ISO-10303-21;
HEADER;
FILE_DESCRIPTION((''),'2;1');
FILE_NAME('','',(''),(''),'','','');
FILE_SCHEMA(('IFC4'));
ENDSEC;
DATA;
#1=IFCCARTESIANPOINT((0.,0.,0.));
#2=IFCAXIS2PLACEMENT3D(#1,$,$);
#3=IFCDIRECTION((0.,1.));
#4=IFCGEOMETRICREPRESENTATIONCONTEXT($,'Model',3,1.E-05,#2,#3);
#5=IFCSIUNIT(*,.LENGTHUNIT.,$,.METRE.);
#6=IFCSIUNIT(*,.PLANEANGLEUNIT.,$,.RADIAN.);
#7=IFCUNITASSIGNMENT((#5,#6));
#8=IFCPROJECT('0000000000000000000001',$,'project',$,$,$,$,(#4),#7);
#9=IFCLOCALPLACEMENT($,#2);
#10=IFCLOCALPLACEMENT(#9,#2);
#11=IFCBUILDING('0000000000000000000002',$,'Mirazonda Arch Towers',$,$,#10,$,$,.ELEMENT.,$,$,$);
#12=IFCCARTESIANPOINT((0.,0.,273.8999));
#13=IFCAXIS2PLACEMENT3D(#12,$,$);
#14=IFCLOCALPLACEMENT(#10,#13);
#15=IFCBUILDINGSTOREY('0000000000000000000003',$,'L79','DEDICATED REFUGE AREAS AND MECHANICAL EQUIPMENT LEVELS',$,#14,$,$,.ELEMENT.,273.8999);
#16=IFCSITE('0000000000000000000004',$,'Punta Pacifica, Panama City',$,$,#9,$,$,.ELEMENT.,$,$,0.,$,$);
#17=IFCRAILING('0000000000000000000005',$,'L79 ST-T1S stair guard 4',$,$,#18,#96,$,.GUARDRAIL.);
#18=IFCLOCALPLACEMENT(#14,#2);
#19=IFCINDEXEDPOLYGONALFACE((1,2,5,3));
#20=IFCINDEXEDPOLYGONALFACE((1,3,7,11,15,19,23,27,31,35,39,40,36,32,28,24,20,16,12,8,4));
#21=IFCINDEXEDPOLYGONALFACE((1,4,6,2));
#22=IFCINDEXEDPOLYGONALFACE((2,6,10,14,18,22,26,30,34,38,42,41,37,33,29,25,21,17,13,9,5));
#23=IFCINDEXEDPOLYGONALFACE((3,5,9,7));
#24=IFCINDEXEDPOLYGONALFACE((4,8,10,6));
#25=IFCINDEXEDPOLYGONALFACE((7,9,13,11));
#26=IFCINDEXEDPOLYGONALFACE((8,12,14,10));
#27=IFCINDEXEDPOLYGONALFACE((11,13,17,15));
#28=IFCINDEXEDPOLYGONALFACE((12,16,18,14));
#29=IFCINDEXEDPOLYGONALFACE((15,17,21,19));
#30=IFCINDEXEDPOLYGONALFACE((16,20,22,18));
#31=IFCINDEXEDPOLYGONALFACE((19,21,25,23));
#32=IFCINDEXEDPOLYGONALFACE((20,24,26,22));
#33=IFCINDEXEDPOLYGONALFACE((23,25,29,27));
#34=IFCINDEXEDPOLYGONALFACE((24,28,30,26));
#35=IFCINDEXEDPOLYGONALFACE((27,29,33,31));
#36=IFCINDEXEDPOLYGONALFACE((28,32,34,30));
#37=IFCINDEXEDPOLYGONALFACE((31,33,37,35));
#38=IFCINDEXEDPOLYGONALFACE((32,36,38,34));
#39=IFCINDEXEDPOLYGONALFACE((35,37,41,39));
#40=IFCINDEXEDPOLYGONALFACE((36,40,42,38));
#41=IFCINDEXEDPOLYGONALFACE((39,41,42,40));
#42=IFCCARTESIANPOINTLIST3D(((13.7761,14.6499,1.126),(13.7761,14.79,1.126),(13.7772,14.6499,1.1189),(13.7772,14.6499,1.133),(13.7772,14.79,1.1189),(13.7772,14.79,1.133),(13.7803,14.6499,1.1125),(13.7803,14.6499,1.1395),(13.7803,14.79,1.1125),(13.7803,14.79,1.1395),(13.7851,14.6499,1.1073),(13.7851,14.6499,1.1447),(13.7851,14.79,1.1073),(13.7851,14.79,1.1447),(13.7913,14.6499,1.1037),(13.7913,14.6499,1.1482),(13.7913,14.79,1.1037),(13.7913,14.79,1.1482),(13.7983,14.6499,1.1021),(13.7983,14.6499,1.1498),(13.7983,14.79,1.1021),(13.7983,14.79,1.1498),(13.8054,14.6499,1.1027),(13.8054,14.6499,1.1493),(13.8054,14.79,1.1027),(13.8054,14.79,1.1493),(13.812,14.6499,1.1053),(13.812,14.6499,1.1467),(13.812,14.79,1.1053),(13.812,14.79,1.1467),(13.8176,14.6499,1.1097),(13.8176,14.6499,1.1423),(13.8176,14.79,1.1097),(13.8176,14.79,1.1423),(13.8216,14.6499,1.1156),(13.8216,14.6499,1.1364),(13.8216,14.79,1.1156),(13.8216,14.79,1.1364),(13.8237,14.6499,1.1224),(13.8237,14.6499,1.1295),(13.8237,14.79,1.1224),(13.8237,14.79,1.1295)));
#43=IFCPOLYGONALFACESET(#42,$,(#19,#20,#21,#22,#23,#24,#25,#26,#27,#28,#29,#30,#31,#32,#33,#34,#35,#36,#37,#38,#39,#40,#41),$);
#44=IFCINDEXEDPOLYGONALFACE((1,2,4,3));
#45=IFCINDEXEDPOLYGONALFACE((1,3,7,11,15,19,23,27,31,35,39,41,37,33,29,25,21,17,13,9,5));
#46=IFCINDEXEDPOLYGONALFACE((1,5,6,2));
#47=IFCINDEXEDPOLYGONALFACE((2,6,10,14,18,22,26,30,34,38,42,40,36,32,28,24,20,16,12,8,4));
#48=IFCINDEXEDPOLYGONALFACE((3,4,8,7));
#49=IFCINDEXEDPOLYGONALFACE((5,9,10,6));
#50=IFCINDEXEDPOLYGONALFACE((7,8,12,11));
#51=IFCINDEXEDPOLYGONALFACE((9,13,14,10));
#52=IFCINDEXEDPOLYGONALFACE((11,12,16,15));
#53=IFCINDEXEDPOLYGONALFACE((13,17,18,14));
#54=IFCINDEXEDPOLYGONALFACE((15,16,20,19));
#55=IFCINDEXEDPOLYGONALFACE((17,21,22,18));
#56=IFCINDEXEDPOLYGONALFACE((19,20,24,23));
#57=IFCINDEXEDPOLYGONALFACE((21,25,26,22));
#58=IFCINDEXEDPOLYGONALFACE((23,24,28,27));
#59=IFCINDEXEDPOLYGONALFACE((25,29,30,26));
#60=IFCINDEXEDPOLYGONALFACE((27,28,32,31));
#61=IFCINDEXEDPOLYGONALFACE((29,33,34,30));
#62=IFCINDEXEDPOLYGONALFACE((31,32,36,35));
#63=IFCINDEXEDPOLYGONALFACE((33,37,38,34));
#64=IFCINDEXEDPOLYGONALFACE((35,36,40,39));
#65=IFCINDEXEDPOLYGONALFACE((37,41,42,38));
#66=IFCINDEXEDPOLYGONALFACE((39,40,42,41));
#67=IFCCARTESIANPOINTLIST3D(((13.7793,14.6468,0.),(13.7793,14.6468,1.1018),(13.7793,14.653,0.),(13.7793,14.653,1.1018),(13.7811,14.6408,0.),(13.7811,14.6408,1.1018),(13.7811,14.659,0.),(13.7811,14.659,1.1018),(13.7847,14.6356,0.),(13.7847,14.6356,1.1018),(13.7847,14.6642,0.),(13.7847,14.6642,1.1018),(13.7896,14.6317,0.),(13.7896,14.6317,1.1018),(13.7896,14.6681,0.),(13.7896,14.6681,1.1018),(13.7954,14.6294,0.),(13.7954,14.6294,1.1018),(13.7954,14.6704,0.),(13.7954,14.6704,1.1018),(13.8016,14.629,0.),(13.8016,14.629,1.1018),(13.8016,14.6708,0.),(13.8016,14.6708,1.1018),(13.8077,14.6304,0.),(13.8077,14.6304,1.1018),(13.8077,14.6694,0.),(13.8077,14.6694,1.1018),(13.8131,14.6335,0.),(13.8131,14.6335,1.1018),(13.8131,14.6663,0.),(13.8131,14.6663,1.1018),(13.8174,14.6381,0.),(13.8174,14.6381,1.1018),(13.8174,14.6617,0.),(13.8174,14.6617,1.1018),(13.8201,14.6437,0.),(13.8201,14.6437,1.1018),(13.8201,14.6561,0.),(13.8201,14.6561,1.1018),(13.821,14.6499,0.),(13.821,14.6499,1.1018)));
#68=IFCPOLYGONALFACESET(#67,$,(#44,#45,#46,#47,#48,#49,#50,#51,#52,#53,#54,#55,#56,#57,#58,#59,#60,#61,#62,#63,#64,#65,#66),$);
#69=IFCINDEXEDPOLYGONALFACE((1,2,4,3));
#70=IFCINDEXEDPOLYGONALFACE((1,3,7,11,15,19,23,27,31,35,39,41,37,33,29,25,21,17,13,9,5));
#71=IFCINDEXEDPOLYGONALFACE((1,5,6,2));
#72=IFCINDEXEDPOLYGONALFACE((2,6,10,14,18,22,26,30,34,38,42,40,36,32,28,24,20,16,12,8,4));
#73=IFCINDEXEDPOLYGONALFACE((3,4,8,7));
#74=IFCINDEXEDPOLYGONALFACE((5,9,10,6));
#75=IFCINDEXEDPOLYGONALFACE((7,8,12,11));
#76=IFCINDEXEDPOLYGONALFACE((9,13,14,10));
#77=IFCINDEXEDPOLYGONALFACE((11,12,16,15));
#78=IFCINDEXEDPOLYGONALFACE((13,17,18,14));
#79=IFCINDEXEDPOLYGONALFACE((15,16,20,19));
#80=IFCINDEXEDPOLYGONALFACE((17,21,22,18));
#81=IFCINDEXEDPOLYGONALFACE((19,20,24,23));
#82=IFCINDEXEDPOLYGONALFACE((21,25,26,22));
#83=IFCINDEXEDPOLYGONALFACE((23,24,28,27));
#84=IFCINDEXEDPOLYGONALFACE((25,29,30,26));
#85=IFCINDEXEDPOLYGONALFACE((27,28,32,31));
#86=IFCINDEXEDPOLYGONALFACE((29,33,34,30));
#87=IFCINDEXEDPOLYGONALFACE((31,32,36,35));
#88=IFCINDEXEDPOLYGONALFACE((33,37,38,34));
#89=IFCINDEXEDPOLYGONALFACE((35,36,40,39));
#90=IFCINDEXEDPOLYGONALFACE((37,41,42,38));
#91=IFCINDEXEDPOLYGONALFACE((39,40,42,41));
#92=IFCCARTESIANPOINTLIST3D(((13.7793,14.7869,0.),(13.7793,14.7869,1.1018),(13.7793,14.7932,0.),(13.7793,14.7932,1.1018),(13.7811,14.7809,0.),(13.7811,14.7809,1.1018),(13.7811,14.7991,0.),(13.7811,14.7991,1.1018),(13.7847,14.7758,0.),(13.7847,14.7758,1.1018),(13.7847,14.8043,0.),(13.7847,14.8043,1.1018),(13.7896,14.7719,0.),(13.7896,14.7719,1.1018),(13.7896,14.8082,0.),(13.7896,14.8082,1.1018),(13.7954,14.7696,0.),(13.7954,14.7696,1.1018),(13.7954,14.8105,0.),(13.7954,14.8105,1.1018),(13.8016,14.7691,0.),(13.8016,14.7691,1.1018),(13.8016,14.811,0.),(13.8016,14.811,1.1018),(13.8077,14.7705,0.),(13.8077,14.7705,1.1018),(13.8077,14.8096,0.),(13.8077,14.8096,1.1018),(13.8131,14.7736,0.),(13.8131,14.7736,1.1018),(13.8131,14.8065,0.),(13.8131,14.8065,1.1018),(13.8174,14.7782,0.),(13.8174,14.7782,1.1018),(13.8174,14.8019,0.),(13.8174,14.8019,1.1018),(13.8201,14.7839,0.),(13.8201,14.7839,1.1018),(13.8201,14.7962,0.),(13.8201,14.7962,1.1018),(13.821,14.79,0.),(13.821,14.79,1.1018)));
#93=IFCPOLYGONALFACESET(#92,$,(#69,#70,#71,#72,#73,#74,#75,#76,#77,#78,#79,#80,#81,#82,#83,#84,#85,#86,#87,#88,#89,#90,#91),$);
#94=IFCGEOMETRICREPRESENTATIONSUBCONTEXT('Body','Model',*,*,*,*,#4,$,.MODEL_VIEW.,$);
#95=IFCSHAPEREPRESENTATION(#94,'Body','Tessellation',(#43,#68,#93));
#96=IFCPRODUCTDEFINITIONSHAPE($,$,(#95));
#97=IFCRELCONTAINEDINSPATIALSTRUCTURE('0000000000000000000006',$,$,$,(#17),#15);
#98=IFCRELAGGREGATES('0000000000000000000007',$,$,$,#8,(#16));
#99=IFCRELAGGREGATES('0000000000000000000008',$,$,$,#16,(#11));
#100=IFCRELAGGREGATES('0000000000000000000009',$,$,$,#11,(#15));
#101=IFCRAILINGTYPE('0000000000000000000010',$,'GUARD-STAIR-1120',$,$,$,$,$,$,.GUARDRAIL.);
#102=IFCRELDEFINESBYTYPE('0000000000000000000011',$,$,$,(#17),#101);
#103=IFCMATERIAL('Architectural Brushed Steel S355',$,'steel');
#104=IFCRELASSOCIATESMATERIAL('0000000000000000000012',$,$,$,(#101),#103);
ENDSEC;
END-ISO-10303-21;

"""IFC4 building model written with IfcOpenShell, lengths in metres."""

from ifc_helpers import new_model, si_unit, direction, frame, origin, origin_2d, place, context, subcontext, project, spatial, circle, extrude, material, type_object, element, save


model = new_model("IFC4")

# Units and contexts
model_context = context("Model", 3, precision=1e-05, world=origin(), true_north=direction((0.0, 1.0)))
body_context = subcontext(model_context, "Body", "Model", "MODEL_VIEW")
ifc_project = project(units=[si_unit("LENGTHUNIT", "METRE"), si_unit("PLANEANGLEUNIT", "RADIAN")], contexts=[model_context])

# Site, building, storey
site_placement = place(None, origin())
site = spatial("IfcSite", under=ifc_project, at=site_placement, Name="Punta Pacifica, Panama City", CompositionType="ELEMENT", RefElevation=0.0)
building_placement = place(site_placement, origin())
building = spatial("IfcBuilding", under=site, at=building_placement, Name="Mirazonda Arch Towers", CompositionType="ELEMENT")
storey_placement = place(building_placement, frame((0.0, 0.0, 273.8999)))
storey = spatial("IfcBuildingStorey", under=building, at=storey_placement, Name="L79", Description="DEDICATED REFUGE AREAS AND MECHANICAL EQUIPMENT LEVELS", CompositionType="ELEMENT", Elevation=273.8999)

# Shared definitions
ifc_material_1 = material(Name="Architectural Brushed Steel S355", Category="steel")

# Railing
railing_type_1 = type_object("IfcRailingType", Name="GUARD-STAIR-1120", PredefinedType="GUARDRAIL", material=ifc_material_1)
railing_1_placement = place(storey_placement, frame((13.8, 14.6499, 0.0)))
element("IfcRailing", 1, at=railing_1_placement, inside=storey, type_object=railing_type_1, Name="L79 ST-T1S stair guard 4", PredefinedType="GUARDRAIL", context=body_context, shape_type="SweptSolid", body=[
    extrude(circle(Radius=0.0239, at=origin_2d()), frame((0.0, 0.0, 1.126), z_axis=(0.0, 1.0, 0.0), x_axis=(-1.0, 0.0, 0.0)), (0.0, 0.0, 1.0), 0.1401),
    extrude(circle(Radius=0.021, at=origin_2d()), origin(), (0.0, 0.0, 1.0), 1.1018),
    extrude(circle(Radius=0.021, at=origin_2d()), frame((0.0, 0.1401, 0.0)), (0.0, 0.0, 1.0), 1.1018),
])

save(model, "model.ifc")
